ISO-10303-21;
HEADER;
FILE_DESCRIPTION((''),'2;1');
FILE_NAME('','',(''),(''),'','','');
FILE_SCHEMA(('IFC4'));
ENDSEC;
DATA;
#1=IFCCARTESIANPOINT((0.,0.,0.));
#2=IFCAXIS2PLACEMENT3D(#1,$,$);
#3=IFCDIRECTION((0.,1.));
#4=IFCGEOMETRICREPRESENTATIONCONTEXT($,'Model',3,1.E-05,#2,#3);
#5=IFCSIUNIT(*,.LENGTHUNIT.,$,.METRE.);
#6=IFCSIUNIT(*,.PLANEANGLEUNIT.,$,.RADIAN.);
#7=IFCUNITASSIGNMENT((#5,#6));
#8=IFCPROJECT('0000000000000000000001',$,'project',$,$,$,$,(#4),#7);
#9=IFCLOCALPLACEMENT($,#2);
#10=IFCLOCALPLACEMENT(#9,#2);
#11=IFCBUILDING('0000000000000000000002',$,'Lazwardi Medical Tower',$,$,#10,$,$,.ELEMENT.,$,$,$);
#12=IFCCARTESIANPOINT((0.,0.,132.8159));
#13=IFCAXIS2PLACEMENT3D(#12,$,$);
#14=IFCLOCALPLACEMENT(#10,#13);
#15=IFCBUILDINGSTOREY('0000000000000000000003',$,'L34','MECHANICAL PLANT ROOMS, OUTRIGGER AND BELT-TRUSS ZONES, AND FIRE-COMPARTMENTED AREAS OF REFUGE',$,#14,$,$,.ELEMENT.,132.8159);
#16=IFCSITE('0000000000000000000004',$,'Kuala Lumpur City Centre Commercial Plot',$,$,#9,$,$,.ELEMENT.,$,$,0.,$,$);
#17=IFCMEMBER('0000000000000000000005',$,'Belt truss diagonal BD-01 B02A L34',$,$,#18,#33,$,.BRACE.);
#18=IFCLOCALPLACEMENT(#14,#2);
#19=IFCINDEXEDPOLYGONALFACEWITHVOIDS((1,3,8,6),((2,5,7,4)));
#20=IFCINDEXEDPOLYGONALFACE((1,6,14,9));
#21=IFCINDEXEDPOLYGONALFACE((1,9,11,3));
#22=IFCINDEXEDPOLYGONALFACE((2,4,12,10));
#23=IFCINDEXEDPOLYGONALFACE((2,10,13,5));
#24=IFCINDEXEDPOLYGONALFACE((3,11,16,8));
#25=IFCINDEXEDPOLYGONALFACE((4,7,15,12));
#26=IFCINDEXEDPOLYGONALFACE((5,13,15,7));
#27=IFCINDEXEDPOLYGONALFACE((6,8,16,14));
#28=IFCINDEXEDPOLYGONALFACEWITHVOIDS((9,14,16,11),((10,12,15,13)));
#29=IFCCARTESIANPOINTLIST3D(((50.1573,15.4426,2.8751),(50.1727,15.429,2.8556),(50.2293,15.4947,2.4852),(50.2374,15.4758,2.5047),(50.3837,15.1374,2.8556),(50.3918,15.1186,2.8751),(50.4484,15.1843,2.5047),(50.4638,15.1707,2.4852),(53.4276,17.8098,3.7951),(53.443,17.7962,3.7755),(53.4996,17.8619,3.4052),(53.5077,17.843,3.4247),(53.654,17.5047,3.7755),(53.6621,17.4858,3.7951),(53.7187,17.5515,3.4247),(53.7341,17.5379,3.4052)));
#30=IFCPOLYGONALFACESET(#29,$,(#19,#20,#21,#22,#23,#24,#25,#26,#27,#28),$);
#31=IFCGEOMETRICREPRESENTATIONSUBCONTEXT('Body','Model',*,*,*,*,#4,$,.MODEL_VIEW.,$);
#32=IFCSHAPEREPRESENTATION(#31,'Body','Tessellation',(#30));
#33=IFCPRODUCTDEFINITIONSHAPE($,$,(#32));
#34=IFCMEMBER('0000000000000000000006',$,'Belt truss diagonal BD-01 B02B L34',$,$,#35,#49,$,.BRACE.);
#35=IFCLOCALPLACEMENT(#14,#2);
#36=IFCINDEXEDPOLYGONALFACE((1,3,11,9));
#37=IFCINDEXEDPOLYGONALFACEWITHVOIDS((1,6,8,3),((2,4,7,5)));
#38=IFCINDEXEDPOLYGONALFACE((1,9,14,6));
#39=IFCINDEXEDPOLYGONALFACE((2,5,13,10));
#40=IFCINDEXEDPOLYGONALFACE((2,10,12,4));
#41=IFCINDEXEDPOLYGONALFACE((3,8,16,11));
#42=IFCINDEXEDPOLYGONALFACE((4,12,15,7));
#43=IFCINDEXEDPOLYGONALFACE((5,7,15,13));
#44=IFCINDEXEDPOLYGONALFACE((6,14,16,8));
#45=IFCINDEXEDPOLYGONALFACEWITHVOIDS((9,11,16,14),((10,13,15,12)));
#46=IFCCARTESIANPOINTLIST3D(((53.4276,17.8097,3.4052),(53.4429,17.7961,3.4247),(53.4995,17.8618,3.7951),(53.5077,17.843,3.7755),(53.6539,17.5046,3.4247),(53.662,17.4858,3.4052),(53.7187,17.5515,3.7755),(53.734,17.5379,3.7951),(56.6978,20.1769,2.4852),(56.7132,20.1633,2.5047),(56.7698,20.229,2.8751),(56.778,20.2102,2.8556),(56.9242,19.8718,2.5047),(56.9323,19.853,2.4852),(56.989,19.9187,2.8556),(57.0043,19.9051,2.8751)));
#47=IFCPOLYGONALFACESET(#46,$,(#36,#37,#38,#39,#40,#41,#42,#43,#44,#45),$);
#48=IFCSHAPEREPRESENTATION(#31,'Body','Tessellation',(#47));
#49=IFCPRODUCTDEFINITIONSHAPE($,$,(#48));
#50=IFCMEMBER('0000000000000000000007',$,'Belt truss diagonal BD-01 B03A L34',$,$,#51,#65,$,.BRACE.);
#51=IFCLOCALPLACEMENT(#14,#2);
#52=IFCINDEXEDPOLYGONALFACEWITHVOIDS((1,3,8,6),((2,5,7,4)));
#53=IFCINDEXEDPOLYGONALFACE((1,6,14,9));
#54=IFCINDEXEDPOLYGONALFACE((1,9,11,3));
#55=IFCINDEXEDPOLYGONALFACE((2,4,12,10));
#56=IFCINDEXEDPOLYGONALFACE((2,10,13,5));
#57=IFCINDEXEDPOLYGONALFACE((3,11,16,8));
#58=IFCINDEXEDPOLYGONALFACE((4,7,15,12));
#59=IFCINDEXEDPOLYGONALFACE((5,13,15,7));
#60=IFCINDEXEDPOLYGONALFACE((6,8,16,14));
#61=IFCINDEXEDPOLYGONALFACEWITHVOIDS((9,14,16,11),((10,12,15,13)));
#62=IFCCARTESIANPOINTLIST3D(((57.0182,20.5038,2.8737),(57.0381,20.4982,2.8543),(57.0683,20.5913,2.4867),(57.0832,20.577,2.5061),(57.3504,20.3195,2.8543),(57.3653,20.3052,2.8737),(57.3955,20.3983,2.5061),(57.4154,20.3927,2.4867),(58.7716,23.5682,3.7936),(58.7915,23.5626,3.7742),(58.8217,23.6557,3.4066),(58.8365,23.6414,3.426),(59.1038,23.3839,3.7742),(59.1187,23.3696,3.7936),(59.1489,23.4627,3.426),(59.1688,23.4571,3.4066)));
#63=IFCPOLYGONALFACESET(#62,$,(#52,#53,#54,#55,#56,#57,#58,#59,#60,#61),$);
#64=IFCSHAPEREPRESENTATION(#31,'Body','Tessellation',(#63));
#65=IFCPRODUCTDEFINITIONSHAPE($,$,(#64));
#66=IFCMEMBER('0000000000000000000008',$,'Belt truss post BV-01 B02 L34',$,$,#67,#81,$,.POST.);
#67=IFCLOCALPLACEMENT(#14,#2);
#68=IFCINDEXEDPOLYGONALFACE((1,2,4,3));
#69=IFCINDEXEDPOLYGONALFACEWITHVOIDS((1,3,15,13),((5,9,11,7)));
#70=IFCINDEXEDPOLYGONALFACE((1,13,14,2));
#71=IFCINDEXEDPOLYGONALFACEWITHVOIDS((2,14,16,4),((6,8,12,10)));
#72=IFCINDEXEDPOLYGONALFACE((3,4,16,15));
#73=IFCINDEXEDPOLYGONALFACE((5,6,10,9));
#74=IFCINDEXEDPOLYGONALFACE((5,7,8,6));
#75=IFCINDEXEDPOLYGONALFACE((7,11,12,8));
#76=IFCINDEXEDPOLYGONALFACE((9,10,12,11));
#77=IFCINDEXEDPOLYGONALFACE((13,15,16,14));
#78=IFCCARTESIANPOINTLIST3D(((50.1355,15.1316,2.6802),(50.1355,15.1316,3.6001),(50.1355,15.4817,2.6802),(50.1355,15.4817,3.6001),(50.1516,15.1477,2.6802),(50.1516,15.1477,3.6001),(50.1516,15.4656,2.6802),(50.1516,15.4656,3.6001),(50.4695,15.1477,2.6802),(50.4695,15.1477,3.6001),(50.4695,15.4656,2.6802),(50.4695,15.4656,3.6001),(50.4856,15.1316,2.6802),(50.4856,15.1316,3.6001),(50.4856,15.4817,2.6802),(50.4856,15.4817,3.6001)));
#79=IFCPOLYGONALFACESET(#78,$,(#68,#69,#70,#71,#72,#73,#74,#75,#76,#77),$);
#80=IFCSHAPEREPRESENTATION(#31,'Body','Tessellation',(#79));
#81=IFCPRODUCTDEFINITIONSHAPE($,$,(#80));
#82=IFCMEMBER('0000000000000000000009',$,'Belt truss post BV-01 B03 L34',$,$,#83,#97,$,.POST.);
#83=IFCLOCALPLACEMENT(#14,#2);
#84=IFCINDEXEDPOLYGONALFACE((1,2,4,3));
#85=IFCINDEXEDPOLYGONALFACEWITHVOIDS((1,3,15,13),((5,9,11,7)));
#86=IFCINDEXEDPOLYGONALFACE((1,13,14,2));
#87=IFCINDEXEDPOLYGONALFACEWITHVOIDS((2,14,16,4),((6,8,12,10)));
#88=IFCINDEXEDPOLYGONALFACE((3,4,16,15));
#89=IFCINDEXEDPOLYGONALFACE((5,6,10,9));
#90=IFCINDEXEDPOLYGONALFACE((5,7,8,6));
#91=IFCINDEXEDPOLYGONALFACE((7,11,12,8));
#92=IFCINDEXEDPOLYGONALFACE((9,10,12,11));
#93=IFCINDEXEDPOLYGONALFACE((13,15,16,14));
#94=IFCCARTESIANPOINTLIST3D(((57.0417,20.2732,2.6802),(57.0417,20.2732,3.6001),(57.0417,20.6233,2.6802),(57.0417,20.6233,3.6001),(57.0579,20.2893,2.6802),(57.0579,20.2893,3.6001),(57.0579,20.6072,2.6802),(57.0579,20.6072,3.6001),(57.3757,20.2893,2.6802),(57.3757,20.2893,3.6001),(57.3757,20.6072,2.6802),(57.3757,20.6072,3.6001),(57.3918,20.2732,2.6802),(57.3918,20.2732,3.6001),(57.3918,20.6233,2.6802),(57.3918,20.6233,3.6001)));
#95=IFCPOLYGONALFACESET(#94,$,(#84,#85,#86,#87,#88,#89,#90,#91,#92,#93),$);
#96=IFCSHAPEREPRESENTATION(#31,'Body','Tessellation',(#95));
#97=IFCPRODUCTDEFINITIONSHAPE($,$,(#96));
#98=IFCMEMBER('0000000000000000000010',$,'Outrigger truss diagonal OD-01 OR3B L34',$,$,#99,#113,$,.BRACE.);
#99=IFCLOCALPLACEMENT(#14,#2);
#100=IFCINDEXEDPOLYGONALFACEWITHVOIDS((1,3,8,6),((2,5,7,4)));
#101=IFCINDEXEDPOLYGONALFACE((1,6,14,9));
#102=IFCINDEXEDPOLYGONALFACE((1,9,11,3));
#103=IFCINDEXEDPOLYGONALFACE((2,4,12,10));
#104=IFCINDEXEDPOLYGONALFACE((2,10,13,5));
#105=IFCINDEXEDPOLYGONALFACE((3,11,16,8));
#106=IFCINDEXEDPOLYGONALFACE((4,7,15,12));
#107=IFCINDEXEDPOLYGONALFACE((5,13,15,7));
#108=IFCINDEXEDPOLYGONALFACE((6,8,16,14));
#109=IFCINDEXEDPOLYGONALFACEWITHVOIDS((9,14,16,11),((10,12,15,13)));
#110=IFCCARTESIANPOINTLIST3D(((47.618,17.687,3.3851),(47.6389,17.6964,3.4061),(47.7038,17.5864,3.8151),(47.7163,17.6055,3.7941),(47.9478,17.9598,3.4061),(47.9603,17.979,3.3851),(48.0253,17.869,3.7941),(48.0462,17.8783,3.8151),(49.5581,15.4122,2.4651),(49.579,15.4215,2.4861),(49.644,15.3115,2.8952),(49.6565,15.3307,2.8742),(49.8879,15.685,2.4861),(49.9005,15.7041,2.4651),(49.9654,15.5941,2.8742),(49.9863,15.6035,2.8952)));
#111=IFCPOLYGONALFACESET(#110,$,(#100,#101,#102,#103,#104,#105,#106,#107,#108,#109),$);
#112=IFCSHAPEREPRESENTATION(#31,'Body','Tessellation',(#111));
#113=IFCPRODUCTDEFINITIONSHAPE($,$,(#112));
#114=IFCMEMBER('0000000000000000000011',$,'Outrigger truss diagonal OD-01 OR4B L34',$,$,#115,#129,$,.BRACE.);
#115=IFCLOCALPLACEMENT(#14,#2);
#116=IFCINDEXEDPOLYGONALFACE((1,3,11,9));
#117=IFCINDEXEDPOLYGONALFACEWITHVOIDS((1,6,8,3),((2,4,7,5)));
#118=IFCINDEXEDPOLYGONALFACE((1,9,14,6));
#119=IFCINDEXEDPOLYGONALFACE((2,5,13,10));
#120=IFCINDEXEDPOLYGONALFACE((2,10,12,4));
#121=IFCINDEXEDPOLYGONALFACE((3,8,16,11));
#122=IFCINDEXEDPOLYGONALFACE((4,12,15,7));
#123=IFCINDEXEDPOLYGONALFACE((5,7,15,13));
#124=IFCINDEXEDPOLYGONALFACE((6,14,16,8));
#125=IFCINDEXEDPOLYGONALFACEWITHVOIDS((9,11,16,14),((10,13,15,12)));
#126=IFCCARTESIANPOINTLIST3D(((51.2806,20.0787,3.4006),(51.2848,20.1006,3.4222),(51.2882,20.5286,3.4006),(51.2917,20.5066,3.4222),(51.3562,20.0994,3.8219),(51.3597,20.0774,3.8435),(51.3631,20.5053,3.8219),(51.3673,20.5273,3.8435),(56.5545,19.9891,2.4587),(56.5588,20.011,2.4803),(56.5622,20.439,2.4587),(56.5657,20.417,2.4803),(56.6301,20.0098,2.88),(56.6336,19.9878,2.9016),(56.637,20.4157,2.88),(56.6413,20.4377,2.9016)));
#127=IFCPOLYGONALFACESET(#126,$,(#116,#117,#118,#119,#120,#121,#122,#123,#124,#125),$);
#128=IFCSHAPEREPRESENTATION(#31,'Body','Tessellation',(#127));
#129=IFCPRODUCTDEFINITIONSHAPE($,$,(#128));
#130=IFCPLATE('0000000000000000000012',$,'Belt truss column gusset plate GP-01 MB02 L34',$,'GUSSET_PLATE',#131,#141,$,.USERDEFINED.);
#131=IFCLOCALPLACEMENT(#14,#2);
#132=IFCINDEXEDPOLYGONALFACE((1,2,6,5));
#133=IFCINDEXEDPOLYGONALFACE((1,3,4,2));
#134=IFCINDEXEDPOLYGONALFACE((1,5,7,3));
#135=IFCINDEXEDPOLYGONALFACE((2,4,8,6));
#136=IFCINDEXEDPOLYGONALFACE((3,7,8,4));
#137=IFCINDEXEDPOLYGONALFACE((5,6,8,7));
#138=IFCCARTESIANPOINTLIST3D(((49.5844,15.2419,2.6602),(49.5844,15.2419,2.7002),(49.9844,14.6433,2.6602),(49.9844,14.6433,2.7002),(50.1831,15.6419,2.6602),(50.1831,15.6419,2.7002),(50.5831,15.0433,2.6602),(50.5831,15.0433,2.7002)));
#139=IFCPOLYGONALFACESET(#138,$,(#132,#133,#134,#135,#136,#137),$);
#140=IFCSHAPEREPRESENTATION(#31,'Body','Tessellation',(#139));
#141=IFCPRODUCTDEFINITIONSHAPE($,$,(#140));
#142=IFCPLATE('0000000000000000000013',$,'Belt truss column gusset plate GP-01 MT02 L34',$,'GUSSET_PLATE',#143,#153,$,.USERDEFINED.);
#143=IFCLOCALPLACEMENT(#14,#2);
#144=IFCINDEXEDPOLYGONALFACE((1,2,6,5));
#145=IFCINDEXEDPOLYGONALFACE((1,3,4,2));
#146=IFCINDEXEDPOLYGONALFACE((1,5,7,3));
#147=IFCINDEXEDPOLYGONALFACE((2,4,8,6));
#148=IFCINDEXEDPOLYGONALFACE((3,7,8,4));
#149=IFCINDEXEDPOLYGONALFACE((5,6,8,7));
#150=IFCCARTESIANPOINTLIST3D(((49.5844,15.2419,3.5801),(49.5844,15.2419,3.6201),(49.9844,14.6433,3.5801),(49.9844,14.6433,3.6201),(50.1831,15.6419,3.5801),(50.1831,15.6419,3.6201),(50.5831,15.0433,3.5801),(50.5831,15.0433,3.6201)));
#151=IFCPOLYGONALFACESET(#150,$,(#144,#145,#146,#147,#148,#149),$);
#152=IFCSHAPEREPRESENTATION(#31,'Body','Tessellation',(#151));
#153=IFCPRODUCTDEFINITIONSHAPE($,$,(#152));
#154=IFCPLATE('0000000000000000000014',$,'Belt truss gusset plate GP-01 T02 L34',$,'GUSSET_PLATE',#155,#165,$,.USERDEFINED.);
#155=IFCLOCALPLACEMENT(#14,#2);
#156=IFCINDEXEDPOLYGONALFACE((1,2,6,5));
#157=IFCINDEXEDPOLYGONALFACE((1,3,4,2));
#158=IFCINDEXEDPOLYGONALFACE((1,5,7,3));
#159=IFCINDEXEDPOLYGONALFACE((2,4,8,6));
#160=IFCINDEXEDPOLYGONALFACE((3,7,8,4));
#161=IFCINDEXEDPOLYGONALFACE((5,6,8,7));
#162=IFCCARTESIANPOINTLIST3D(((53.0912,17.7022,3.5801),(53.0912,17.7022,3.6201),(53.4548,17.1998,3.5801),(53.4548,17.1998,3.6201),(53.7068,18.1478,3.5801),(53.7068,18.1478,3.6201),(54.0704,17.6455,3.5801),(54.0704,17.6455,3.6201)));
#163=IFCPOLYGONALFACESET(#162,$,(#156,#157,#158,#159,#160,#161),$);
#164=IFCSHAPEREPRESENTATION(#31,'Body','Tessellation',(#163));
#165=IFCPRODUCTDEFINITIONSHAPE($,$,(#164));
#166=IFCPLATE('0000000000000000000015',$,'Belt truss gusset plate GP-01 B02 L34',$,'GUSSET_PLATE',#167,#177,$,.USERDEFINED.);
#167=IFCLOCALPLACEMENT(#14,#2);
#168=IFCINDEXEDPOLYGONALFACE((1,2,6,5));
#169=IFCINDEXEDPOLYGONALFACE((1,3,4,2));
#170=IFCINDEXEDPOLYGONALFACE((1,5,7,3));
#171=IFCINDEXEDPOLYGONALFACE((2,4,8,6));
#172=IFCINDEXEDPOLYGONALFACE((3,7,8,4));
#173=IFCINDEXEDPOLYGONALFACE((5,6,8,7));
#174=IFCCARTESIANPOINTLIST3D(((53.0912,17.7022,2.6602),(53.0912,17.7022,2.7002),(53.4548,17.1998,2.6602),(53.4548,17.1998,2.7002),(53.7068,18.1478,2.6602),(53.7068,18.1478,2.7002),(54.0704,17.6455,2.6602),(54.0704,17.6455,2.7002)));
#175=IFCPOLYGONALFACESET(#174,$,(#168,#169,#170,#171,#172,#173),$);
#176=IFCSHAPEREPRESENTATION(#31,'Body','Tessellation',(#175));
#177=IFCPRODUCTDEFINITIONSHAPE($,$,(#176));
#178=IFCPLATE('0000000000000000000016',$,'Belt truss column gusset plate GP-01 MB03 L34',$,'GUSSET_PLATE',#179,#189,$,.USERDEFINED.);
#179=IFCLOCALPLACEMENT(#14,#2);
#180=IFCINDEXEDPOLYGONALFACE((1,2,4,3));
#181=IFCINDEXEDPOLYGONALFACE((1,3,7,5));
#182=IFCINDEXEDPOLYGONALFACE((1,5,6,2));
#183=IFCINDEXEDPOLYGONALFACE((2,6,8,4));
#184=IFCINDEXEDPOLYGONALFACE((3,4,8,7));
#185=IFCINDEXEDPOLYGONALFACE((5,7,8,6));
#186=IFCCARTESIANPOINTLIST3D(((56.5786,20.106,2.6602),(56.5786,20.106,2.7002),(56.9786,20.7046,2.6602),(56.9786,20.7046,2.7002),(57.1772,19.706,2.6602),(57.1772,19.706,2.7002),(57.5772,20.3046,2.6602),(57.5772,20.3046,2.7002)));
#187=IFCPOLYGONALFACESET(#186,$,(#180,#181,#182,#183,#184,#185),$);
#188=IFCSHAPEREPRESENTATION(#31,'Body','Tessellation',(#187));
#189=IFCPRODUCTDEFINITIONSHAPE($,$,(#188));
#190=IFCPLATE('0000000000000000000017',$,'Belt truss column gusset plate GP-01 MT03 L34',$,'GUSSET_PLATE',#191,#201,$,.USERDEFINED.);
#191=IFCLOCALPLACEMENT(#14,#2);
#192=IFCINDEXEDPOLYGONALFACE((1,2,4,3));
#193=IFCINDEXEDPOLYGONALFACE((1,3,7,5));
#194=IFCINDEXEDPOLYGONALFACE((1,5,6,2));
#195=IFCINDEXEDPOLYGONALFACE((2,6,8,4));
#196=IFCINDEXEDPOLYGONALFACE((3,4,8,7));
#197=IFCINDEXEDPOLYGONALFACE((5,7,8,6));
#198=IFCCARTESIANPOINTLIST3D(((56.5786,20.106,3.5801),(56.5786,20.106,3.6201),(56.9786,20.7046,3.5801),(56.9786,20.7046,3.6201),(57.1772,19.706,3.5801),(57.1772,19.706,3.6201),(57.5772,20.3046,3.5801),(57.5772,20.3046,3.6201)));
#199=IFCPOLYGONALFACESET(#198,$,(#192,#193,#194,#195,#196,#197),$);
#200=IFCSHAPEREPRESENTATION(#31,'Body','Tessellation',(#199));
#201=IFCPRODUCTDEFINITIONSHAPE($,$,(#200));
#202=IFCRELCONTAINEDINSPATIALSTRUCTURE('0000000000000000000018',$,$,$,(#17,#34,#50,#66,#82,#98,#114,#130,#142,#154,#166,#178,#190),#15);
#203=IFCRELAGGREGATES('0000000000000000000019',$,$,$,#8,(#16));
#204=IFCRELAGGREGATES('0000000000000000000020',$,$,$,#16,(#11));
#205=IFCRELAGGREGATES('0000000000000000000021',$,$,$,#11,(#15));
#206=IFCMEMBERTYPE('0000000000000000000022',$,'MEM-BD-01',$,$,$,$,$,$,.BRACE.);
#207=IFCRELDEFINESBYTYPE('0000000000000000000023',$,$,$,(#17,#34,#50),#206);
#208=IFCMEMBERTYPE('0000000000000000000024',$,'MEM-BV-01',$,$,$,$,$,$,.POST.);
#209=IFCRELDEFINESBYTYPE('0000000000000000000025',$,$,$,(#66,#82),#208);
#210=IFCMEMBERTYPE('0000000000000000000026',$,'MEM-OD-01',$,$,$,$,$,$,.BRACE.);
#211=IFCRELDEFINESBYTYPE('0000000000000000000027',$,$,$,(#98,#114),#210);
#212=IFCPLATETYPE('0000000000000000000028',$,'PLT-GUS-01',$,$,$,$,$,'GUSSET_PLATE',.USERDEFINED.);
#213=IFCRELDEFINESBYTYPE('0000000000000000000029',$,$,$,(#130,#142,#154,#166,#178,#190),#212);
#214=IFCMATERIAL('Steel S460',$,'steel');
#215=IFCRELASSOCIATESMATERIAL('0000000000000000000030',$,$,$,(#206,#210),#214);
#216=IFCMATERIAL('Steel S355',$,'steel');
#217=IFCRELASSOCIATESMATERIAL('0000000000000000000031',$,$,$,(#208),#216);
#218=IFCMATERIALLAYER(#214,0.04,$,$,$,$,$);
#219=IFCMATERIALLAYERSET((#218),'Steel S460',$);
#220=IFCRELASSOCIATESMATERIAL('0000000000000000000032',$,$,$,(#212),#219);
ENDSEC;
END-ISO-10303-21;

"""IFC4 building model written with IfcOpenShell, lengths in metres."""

from ifc_helpers import new_model, si_unit, direction, frame, origin, origin_2d, place, context, subcontext, project, spatial, rectangle, hollow_rectangle, extrude, material, layer, layer_set, material_profile, profile_set, type_object, element, save


model = new_model("IFC4")

# Units and contexts
model_context = context("Model", 3, precision=1e-05, world=origin(), true_north=direction((0.0, 1.0)))
body_context = subcontext(model_context, "Body", "Model", "MODEL_VIEW")
ifc_project = project(units=[si_unit("LENGTHUNIT", "METRE"), si_unit("PLANEANGLEUNIT", "RADIAN")], contexts=[model_context])

# Site, building, storey
site_placement = place(None, origin())
site = spatial("IfcSite", under=ifc_project, at=site_placement, Name="Kuala Lumpur City Centre Commercial Plot", CompositionType="ELEMENT", RefElevation=0.0)
building_placement = place(site_placement, origin())
building = spatial("IfcBuilding", under=site, at=building_placement, Name="Lazwardi Medical Tower", CompositionType="ELEMENT")
storey_placement = place(building_placement, frame((0.0, 0.0, 132.8159)))
storey = spatial("IfcBuildingStorey", under=building, at=storey_placement, Name="L34", Description="MECHANICAL PLANT ROOMS, OUTRIGGER AND BELT-TRUSS ZONES, AND FIRE-COMPARTMENTED AREAS OF REFUGE", CompositionType="ELEMENT", Elevation=132.8159)

# Shared definitions
ifc_material_1 = material(Name="Steel S355", Category="steel")
ifc_material_2 = material(Name="Steel S460", Category="steel")

# Members
ifc_material_profile_1 = material_profile(ifc_material_2, hollow_rectangle(XDim=0.3999, YDim=0.3999, WallThickness=0.02, at=origin_2d()), Name="RHS 400x400x20")
ifc_profile_set_1 = profile_set([ifc_material_profile_1], Name="Steel S460")
member_type_1 = type_object("IfcMemberType", Name="MEM-BD-01", PredefinedType="BRACE", material=ifc_profile_set_1)
for number, where, z_axis, x_axis, name in (
    (1, (50.3105, 15.3066, 2.6802), (0.789807, 0.571703, 0.222172), (-0.586358, 0.810052, 0.0), "Belt truss diagonal BD-01 B02A L34"),
    (2, (56.8511, 20.041, 2.6802), (-0.789807, -0.571703, 0.222172), (0.586358, -0.810052, 0.0), "Belt truss diagonal BD-01 B02B L34"),
):
    element("IfcMember", number, at=place(storey_placement, frame(where, z_axis=z_axis, x_axis=x_axis)), inside=storey, type_object=member_type_1, Name=name, PredefinedType="BRACE", context=body_context, shape_type="SweptSolid", body=[
        extrude(hollow_rectangle(XDim=0.3999, YDim=0.3999, WallThickness=0.02, at=origin_2d()), origin(), (0.0, 0.0, 1.0), 4.1406),
    ])
member_1_placement = place(storey_placement, frame((57.2168, 20.4482, 2.6802), z_axis=(0.480585, 0.83992, 0.252137), x_axis=(-0.867962, 0.49663, 0.0)))
element("IfcMember", 3, at=member_1_placement, inside=storey, type_object=member_type_1, Name="Belt truss diagonal BD-01 B03A L34", PredefinedType="BRACE", context=body_context, shape_type="SweptSolid", body=[
    extrude(hollow_rectangle(XDim=0.3999, YDim=0.3999, WallThickness=0.02, at=origin_2d()), origin(), (0.0, 0.0, 1.0), 3.6484),
])
ifc_material_profile_2 = material_profile(ifc_material_1, hollow_rectangle(XDim=0.3501, YDim=0.3501, WallThickness=0.0161, at=origin_2d()), Name="RHS 350x350x16")
ifc_profile_set_2 = profile_set([ifc_material_profile_2], Name="Steel S355")
member_type_2 = type_object("IfcMemberType", Name="MEM-BV-01", PredefinedType="POST", material=ifc_profile_set_2)
for number, where, z_axis, x_axis, name in (
    (4, (50.3105, 15.3066, 2.6802), (0.0, 0.0, 1.0), (1.0, 0.0, 0.0), "Belt truss post BV-01 B02 L34"),
    (5, (57.2168, 20.4482, 2.6802), (0.0, 0.0, 1.0), (1.0, 0.0, 0.0), "Belt truss post BV-01 B03 L34"),
):
    element("IfcMember", number, at=place(storey_placement, frame(where, z_axis=z_axis, x_axis=x_axis)), inside=storey, type_object=member_type_2, Name=name, PredefinedType="POST", context=body_context, shape_type="SweptSolid", body=[
        extrude(hollow_rectangle(XDim=0.3501, YDim=0.3501, WallThickness=0.0161, at=origin_2d()), origin(), (0.0, 0.0, 1.0), 0.9199),
    ])
ifc_material_profile_3 = material_profile(ifc_material_2, hollow_rectangle(XDim=0.45, YDim=0.45, WallThickness=0.022, at=origin_2d()), Name="RHS 450x450x22")
ifc_profile_set_3 = profile_set([ifc_material_profile_3], Name="Steel S460")
member_type_3 = type_object("IfcMemberType", Name="MEM-OD-01", PredefinedType="BRACE", material=ifc_profile_set_3)
member_2_placement = place(storey_placement, frame((49.7722, 15.5078, 2.6802), z_axis=(-0.62022, 0.72722, 0.294072), x_axis=(-0.760862, -0.648913, 0.0)))
element("IfcMember", 6, at=member_2_placement, inside=storey, type_object=member_type_3, Name="Outrigger truss diagonal OD-01 OR3B L34", PredefinedType="BRACE", context=body_context, shape_type="SweptSolid", body=[
    extrude(hollow_rectangle(XDim=0.45, YDim=0.45, WallThickness=0.022, at=origin_2d()), origin(), (0.0, 0.0, 1.0), 3.1282),
])
member_3_placement = place(storey_placement, frame((56.5979, 20.2134, 2.6802), z_axis=(-0.984286, 0.016722, 0.175788), x_axis=(-0.016987, -0.999856, 0.0)))
element("IfcMember", 7, at=member_3_placement, inside=storey, type_object=member_type_3, Name="Outrigger truss diagonal OD-01 OR4B L34", PredefinedType="BRACE", context=body_context, shape_type="SweptSolid", body=[
    extrude(hollow_rectangle(XDim=0.45, YDim=0.45, WallThickness=0.022, at=origin_2d()), origin(), (0.0, 0.0, 1.0), 5.3582),
])

# Plates
ifc_layer_1 = layer(ifc_material_2, 0.04)
ifc_layer_set_1 = layer_set([ifc_layer_1], Name="Steel S460")
plate_type = type_object("IfcPlateType", Name="PLT-GUS-01", ElementType="GUSSET_PLATE", PredefinedType="USERDEFINED", material=ifc_layer_set_1)
for number, where, z_axis, x_axis, name in (
    (8, (50.0837, 15.1426, 2.6602), (0.0, 0.0, 1.0), (0.55557, -0.83147, 0.0), "Belt truss column gusset plate GP-01 MB02 L34"),
    (9, (50.0837, 15.1426, 3.5801), (0.0, 0.0, 1.0), (0.55557, -0.83147, 0.0), "Belt truss column gusset plate GP-01 MT02 L34"),
):
    element("IfcPlate", number, at=place(storey_placement, frame(where, z_axis=z_axis, x_axis=x_axis)), inside=storey, type_object=plate_type, Name=name, ObjectType="GUSSET_PLATE", PredefinedType="USERDEFINED", context=body_context, shape_type="SweptSolid", body=[
        extrude(rectangle(XDim=0.72, YDim=0.72, at=origin_2d()), origin(), (0.0, 0.0, 1.0), 0.04),
    ])
for number, where, z_axis, x_axis, name in (
    (10, (53.5808, 17.6738, 3.5801), (0.0, 0.0, 1.0), (0.810042, 0.586372, 0.0), "Belt truss gusset plate GP-01 T02 L34"),
    (11, (53.5808, 17.6738, 2.6602), (0.0, 0.0, 1.0), (0.810042, 0.586372, 0.0), "Belt truss gusset plate GP-01 B02 L34"),
):
    element("IfcPlate", number, at=place(storey_placement, frame(where, z_axis=z_axis, x_axis=x_axis)), inside=storey, type_object=plate_type, Name=name, ObjectType="GUSSET_PLATE", PredefinedType="USERDEFINED", context=body_context, shape_type="SweptSolid", body=[
        extrude(rectangle(XDim=0.76, YDim=0.6201, at=origin_2d()), origin(), (0.0, 0.0, 1.0), 0.04),
    ])
for number, where, z_axis, x_axis, name in (
    (12, (57.0779, 20.2053, 2.6602), (0.0, 0.0, 1.0), (0.83147, -0.55557, 0.0), "Belt truss column gusset plate GP-01 MB03 L34"),
    (13, (57.0779, 20.2053, 3.5801), (0.0, 0.0, 1.0), (0.83147, -0.55557, 0.0), "Belt truss column gusset plate GP-01 MT03 L34"),
):
    element("IfcPlate", number, at=place(storey_placement, frame(where, z_axis=z_axis, x_axis=x_axis)), inside=storey, type_object=plate_type, Name=name, ObjectType="GUSSET_PLATE", PredefinedType="USERDEFINED", context=body_context, shape_type="SweptSolid", body=[
        extrude(rectangle(XDim=0.72, YDim=0.72, at=origin_2d()), origin(), (0.0, 0.0, 1.0), 0.04),
    ])

save(model, "model.ifc")
